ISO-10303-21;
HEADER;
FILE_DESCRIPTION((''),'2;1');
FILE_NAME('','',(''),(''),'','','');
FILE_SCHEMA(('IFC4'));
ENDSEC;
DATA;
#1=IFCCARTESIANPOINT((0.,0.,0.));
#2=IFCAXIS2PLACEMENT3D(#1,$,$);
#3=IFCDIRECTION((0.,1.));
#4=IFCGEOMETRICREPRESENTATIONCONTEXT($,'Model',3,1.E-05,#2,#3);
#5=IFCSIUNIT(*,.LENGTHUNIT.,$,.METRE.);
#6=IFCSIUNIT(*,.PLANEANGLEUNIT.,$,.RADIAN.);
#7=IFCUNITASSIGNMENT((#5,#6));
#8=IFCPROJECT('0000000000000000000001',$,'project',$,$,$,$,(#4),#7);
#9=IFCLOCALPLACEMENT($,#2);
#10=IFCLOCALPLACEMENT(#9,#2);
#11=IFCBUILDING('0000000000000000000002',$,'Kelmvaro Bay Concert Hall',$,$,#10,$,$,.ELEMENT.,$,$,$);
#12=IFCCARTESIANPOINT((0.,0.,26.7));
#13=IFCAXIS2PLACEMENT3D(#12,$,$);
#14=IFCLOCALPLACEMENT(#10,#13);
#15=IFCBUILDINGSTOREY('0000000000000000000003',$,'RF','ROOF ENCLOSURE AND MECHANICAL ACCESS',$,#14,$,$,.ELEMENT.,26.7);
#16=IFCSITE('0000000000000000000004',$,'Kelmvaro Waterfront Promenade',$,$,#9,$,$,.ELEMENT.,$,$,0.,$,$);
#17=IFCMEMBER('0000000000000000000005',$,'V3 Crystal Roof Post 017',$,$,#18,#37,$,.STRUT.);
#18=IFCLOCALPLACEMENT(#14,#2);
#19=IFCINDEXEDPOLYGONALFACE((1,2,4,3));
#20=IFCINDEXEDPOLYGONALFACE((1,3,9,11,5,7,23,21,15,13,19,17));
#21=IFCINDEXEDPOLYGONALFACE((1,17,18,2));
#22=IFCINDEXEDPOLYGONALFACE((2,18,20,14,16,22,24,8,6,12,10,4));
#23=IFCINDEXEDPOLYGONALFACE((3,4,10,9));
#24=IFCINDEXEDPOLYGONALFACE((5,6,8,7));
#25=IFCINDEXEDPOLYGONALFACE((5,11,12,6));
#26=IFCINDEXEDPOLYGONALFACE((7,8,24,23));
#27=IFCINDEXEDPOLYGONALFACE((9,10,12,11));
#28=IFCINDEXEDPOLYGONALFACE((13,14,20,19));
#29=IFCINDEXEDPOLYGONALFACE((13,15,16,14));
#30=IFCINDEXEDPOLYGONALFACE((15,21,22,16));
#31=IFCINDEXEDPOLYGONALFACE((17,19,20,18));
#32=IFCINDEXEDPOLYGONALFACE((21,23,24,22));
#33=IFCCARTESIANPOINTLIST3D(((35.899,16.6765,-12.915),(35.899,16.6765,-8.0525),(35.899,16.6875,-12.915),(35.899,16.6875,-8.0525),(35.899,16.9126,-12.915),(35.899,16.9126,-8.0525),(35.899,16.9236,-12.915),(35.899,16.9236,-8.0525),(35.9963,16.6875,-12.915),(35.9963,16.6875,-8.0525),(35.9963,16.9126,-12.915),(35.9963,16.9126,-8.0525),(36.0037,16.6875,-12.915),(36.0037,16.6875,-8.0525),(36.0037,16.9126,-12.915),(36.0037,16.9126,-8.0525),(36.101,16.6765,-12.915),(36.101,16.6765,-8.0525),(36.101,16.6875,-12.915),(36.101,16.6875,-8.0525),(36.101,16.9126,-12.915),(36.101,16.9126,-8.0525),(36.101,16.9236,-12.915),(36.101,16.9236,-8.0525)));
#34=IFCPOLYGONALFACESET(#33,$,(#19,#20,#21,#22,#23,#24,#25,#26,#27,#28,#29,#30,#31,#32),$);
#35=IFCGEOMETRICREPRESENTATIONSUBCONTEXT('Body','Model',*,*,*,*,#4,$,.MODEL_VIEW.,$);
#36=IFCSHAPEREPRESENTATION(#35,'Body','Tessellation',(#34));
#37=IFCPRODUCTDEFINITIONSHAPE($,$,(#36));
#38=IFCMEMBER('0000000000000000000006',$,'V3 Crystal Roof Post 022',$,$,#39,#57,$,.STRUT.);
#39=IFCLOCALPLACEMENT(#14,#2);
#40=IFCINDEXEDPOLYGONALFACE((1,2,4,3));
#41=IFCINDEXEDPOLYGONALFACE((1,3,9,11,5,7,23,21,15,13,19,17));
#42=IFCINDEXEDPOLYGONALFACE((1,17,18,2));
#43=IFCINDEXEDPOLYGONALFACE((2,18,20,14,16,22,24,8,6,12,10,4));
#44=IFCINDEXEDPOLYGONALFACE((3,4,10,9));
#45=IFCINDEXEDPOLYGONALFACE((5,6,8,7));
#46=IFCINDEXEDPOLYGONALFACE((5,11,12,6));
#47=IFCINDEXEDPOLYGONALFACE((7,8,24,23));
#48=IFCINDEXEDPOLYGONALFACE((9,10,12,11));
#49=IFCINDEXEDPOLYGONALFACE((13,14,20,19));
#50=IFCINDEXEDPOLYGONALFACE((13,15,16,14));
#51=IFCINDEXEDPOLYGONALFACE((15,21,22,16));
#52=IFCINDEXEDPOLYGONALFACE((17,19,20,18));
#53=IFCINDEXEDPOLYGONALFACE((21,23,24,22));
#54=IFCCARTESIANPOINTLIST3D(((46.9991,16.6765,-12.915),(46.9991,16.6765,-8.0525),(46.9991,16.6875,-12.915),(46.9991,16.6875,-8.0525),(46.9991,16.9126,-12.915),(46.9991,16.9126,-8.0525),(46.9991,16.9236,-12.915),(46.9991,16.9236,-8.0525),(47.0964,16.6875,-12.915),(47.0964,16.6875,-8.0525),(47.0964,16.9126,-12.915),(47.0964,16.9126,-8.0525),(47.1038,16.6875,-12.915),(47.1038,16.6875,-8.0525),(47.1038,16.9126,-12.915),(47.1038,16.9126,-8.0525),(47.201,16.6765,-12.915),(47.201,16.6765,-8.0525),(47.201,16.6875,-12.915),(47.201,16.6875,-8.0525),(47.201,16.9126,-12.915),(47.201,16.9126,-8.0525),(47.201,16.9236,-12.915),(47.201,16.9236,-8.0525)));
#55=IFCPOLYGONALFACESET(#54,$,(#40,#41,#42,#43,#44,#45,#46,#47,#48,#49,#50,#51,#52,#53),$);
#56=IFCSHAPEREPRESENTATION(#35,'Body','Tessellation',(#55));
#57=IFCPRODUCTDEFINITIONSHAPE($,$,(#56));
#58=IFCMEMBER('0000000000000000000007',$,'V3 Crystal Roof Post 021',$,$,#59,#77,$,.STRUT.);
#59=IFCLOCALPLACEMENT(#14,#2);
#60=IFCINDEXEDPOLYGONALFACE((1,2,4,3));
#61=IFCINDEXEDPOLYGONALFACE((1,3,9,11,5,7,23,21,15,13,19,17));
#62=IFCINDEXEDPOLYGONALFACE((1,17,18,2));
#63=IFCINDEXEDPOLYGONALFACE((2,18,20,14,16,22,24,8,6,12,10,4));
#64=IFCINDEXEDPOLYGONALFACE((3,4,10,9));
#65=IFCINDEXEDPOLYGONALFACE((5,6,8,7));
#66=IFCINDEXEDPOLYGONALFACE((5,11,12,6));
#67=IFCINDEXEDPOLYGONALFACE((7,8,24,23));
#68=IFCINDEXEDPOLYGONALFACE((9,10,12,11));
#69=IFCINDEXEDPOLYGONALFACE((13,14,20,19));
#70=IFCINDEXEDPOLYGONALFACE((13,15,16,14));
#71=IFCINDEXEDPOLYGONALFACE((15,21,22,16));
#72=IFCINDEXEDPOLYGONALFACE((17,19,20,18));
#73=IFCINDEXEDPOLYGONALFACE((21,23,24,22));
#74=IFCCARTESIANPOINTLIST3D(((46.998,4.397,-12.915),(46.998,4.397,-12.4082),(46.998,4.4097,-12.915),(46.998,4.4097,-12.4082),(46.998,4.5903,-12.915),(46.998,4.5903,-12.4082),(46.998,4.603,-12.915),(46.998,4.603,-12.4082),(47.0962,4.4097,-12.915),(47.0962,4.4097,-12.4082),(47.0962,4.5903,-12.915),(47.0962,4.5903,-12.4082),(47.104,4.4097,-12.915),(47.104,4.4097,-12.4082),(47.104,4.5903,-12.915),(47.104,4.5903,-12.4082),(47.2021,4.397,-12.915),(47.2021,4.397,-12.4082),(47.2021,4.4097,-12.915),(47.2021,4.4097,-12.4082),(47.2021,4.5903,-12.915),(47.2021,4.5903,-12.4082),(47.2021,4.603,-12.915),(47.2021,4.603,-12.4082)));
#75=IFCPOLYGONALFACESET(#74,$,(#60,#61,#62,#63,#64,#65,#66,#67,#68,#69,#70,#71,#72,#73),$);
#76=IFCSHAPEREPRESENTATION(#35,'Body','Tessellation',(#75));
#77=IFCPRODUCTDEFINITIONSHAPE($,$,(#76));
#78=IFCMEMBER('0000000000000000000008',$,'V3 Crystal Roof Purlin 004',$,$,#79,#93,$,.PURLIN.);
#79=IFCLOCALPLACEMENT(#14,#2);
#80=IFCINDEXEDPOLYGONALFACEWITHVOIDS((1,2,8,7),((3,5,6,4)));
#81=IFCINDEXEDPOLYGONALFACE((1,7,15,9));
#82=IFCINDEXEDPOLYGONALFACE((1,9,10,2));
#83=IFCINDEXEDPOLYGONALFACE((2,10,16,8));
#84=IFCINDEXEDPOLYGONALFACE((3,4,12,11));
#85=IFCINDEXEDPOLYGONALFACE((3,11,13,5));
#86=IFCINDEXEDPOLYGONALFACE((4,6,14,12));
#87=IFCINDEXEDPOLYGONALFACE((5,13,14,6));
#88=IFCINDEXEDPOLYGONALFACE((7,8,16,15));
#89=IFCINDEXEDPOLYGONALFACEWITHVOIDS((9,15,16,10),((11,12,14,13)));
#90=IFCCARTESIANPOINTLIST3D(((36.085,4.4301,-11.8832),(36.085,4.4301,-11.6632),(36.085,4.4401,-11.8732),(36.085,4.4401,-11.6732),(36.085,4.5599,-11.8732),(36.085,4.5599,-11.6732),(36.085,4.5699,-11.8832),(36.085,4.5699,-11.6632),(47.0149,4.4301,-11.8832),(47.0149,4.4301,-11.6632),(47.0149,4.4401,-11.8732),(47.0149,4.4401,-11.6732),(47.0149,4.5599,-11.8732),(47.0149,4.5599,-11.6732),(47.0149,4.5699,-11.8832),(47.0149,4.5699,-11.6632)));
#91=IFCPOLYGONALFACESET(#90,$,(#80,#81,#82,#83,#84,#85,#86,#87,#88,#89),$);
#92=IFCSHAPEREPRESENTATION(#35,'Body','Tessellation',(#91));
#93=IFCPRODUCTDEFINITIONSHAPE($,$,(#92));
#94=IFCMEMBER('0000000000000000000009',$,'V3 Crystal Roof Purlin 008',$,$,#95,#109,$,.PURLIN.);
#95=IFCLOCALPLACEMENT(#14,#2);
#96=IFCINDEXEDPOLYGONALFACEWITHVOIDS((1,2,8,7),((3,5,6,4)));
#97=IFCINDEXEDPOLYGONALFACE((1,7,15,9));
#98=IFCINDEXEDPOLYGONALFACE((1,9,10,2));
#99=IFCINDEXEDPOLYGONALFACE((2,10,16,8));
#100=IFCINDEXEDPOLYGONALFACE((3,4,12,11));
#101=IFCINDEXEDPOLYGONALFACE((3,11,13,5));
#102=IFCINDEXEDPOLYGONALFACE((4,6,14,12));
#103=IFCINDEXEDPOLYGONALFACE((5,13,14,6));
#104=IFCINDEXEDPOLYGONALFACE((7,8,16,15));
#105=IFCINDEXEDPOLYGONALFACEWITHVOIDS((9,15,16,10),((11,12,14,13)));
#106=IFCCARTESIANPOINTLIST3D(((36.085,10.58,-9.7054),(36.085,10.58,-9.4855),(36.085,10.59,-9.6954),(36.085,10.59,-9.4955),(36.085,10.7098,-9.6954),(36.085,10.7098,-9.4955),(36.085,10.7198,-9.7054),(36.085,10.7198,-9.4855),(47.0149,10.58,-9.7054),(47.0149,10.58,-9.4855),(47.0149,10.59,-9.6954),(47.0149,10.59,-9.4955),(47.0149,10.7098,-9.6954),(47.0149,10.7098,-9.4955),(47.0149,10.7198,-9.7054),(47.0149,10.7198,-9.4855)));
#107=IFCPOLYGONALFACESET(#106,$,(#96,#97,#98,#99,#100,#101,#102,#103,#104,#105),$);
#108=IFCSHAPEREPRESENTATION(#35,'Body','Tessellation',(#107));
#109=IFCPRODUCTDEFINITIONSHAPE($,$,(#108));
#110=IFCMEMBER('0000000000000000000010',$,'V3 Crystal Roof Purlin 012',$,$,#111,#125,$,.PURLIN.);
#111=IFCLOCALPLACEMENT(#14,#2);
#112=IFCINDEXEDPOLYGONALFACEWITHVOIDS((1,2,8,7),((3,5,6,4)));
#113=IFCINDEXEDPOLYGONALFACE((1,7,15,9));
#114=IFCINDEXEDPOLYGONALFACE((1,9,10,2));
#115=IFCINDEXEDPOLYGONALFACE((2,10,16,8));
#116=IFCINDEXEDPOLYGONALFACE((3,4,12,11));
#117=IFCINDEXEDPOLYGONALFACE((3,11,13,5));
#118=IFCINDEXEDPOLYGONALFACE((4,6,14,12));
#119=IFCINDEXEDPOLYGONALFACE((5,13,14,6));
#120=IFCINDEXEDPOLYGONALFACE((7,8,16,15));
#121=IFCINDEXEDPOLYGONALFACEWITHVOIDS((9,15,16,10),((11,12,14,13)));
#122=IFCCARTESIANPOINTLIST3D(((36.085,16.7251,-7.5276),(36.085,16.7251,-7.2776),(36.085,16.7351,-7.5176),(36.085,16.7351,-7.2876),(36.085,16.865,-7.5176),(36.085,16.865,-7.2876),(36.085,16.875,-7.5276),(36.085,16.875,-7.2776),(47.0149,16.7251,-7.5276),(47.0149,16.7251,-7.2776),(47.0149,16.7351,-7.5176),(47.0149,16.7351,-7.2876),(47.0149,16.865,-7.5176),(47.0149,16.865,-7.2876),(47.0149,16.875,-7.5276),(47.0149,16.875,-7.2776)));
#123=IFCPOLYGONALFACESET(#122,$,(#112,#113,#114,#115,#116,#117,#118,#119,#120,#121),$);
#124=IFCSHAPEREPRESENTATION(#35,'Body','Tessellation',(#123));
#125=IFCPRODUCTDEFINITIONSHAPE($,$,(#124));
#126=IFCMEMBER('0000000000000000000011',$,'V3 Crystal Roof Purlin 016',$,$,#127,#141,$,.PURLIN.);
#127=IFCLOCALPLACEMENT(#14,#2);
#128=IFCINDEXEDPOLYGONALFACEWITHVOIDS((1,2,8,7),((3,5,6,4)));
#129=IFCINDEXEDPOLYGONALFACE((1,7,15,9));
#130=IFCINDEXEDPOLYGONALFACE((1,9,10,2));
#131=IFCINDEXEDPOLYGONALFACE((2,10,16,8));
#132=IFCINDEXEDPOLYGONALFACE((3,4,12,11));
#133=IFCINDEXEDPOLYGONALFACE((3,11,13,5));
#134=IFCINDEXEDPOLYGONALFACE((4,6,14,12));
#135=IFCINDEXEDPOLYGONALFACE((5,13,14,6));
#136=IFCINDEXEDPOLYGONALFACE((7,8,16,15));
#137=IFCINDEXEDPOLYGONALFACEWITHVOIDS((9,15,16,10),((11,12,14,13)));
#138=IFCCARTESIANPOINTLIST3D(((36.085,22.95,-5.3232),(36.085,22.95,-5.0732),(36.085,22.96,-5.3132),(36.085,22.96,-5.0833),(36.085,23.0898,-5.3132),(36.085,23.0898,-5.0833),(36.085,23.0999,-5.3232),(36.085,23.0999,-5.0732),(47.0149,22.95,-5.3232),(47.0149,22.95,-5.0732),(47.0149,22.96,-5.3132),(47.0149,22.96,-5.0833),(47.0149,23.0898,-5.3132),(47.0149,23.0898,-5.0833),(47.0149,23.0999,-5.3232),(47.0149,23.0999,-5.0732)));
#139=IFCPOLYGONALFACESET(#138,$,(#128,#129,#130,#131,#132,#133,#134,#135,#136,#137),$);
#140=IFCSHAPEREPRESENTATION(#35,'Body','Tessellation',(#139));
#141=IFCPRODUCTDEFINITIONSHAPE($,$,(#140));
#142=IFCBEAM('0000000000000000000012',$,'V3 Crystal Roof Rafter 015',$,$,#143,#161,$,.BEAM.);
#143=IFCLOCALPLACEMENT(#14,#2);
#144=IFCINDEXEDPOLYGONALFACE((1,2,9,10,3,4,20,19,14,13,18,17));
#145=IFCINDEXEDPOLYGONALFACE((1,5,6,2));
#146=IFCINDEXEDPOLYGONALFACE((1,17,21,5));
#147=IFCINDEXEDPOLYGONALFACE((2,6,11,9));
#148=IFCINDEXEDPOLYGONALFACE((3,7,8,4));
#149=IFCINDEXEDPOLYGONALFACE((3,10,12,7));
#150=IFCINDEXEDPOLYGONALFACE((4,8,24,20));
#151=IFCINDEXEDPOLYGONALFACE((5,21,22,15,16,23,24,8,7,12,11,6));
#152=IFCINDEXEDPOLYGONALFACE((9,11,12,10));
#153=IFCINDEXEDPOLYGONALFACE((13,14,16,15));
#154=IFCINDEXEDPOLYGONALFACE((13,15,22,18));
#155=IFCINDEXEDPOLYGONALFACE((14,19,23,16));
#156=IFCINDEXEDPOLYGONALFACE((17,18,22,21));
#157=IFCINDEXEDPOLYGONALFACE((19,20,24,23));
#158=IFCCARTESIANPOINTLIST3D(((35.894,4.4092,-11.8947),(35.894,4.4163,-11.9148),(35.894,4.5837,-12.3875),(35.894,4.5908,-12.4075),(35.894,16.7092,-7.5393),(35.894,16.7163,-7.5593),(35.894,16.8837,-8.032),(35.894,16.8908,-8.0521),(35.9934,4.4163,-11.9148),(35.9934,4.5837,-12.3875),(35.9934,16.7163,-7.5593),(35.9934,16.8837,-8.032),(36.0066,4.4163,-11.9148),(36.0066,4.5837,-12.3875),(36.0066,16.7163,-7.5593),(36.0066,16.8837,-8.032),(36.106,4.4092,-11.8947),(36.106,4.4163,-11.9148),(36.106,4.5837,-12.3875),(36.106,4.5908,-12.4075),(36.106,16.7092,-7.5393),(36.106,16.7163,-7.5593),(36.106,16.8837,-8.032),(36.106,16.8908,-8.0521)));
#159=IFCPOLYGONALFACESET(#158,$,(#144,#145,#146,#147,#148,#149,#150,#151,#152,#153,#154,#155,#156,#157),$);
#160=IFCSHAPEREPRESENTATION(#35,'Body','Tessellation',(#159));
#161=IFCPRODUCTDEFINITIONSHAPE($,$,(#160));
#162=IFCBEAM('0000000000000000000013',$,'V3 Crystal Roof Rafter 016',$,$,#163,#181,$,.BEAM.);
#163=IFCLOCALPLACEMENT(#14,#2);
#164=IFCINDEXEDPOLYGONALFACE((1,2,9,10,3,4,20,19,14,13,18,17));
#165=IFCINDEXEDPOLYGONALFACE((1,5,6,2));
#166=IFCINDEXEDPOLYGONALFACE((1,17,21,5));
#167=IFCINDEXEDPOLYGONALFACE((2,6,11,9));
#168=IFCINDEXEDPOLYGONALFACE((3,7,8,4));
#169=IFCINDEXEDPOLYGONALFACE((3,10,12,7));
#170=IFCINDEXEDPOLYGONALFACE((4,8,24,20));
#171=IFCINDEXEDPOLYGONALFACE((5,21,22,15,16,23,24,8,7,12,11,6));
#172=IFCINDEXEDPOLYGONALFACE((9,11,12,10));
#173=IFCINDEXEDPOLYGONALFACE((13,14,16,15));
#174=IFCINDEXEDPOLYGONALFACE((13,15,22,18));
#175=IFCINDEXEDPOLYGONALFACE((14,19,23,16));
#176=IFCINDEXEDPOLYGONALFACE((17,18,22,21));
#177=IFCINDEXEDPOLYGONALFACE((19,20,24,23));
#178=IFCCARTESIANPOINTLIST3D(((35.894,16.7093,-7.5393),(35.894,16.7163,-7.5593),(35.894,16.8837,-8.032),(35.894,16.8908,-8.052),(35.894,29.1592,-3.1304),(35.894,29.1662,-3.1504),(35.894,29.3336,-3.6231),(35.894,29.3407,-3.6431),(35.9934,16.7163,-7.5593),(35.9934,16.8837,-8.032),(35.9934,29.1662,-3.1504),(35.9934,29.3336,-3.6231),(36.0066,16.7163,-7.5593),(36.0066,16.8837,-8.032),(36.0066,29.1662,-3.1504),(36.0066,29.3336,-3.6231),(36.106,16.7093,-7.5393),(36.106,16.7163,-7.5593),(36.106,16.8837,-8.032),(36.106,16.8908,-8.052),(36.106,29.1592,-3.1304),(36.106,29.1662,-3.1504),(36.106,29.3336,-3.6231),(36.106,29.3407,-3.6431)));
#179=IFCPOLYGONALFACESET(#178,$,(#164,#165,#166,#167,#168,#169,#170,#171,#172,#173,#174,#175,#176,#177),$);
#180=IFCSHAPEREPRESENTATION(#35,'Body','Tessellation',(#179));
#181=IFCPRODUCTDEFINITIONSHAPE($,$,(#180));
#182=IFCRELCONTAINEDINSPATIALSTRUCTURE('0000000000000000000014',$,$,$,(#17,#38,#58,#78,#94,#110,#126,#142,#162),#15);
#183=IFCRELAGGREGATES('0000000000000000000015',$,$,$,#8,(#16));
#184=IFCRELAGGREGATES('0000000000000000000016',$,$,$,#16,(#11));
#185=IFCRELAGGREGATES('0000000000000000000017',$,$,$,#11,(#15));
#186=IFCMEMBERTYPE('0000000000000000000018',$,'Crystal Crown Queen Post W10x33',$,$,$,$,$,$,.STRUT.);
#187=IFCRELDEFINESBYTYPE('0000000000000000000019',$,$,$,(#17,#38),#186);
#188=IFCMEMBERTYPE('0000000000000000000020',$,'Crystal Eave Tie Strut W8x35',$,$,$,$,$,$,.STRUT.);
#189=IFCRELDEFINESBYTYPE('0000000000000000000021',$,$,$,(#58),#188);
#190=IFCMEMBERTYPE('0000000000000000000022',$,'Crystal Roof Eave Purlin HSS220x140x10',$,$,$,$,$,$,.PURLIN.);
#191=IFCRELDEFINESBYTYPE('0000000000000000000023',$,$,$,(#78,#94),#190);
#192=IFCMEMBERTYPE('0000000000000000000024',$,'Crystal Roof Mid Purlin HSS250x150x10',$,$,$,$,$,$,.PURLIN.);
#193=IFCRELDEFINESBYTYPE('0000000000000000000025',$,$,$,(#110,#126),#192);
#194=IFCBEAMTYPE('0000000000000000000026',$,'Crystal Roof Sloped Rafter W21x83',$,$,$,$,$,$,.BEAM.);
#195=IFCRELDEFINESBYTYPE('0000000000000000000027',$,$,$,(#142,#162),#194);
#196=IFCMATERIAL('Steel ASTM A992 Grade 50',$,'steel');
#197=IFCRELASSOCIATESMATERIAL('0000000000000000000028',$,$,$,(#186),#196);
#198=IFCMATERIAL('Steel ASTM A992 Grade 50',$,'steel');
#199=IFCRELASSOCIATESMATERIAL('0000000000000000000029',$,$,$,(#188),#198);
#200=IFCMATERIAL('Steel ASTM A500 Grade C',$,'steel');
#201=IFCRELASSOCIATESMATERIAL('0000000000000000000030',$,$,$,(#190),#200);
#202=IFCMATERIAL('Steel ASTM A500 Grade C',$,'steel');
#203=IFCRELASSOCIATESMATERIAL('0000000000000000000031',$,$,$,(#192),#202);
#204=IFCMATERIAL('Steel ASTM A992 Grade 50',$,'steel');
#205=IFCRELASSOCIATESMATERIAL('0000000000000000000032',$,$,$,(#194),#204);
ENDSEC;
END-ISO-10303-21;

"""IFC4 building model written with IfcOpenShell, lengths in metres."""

from ifc_helpers import new_model, si_unit, direction, frame, origin, origin_2d, place, context, subcontext, project, spatial, hollow_rectangle, i_section, extrude, material, material_profile, profile_set, type_object, element, save


model = new_model("IFC4")

# Units and contexts
model_context = context("Model", 3, precision=1e-05, world=origin(), true_north=direction((0.0, 1.0)))
body_context = subcontext(model_context, "Body", "Model", "MODEL_VIEW")
ifc_project = project(units=[si_unit("LENGTHUNIT", "METRE"), si_unit("PLANEANGLEUNIT", "RADIAN")], contexts=[model_context])

# Site, building, storey
site_placement = place(None, origin())
site = spatial("IfcSite", under=ifc_project, at=site_placement, Name="Kelmvaro Waterfront Promenade", CompositionType="ELEMENT", RefElevation=0.0)
building_placement = place(site_placement, origin())
building = spatial("IfcBuilding", under=site, at=building_placement, Name="Kelmvaro Bay Concert Hall", CompositionType="ELEMENT")
storey_placement = place(building_placement, frame((0.0, 0.0, 26.7)))
storey = spatial("IfcBuildingStorey", under=building, at=storey_placement, Name="RF", Description="ROOF ENCLOSURE AND MECHANICAL ACCESS", CompositionType="ELEMENT", Elevation=26.7)

# Members
ifc_material_1 = material(Name="Steel ASTM A992 Grade 50", Category="steel")
ifc_material_profile_1 = material_profile(ifc_material_1, i_section(OverallWidth=0.2019, OverallDepth=0.2471, WebThickness=0.0073, FlangeThickness=0.011, at=origin_2d()), Name="W10X33")
ifc_profile_set_1 = profile_set([ifc_material_profile_1], Name="Steel ASTM A992 Grade 50")
member_type_1 = type_object("IfcMemberType", Name="Crystal Crown Queen Post W10x33", PredefinedType="STRUT", material=ifc_profile_set_1)
for number, where, z_axis, x_axis, name in (
    (1, (36.0, 16.8, -12.915), (0.0, 0.0, 1.0), (1.0, 0.0, 0.0), "V3 Crystal Roof Post 017"),
    (2, (47.1001, 16.8, -12.915), (0.0, 0.0, 1.0), (1.0, 0.0, 0.0), "V3 Crystal Roof Post 022"),
):
    element("IfcMember", number, at=place(storey_placement, frame(where, z_axis=z_axis, x_axis=x_axis)), inside=storey, type_object=member_type_1, Name=name, PredefinedType="STRUT", context=body_context, shape_type="SweptSolid", body=[
        extrude(i_section(OverallWidth=0.2019, OverallDepth=0.2471, WebThickness=0.0073, FlangeThickness=0.011, at=origin_2d()), origin(), (0.0, 0.0, 1.0), 4.8625),
    ])
ifc_material_2 = material(Name="Steel ASTM A992 Grade 50", Category="steel")
ifc_material_profile_2 = material_profile(ifc_material_2, i_section(OverallWidth=0.2041, OverallDepth=0.2061, WebThickness=0.0078, FlangeThickness=0.0127, at=origin_2d()), Name="W8X35")
ifc_profile_set_2 = profile_set([ifc_material_profile_2], Name="Steel ASTM A992 Grade 50")
member_type_2 = type_object("IfcMemberType", Name="Crystal Eave Tie Strut W8x35", PredefinedType="STRUT", material=ifc_profile_set_2)
member_placement = place(storey_placement, frame((47.1001, 4.5, -12.915), z_axis=(0.0, 0.0, 1.0), x_axis=(1.0, 0.0, 0.0)))
element("IfcMember", 3, at=member_placement, inside=storey, type_object=member_type_2, Name="V3 Crystal Roof Post 021", PredefinedType="STRUT", context=body_context, shape_type="SweptSolid", body=[
    extrude(i_section(OverallWidth=0.2041, OverallDepth=0.2061, WebThickness=0.0078, FlangeThickness=0.0127, at=origin_2d()), origin(), (0.0, 0.0, 1.0), 0.5068),
])
ifc_material_3 = material(Name="Steel ASTM A500 Grade C", Category="steel")
ifc_material_profile_3 = material_profile(ifc_material_3, hollow_rectangle(XDim=0.1399, YDim=0.22, WallThickness=0.01, at=origin_2d()), Name="HSS220X140X10")
ifc_profile_set_3 = profile_set([ifc_material_profile_3], Name="Steel ASTM A500 Grade C")
member_type_3 = type_object("IfcMemberType", Name="Crystal Roof Eave Purlin HSS220x140x10", PredefinedType="PURLIN", material=ifc_profile_set_3)
for number, where, z_axis, x_axis, name in (
    (4, (36.085, 4.5, -11.7732), (1.0, 0.0, 0.0), (0.0, 1.0, 0.0), "V3 Crystal Roof Purlin 004"),
    (5, (36.085, 10.6499, -9.5955), (1.0, 0.0, 0.0), (0.0, 1.0, 0.0), "V3 Crystal Roof Purlin 008"),
):
    element("IfcMember", number, at=place(storey_placement, frame(where, z_axis=z_axis, x_axis=x_axis)), inside=storey, type_object=member_type_3, Name=name, PredefinedType="PURLIN", context=body_context, shape_type="SweptSolid", body=[
        extrude(hollow_rectangle(XDim=0.1399, YDim=0.22, WallThickness=0.01, at=origin_2d()), origin(), (0.0, 0.0, 1.0), 10.9299),
    ])
ifc_material_4 = material(Name="Steel ASTM A500 Grade C", Category="steel")
ifc_material_profile_4 = material_profile(ifc_material_4, hollow_rectangle(XDim=0.1499, YDim=0.25, WallThickness=0.01, at=origin_2d()), Name="HSS250X150X10")
ifc_profile_set_4 = profile_set([ifc_material_profile_4], Name="Steel ASTM A500 Grade C")
member_type_4 = type_object("IfcMemberType", Name="Crystal Roof Mid Purlin HSS250x150x10", PredefinedType="PURLIN", material=ifc_profile_set_4)
for number, where, z_axis, x_axis, name in (
    (6, (36.085, 16.8, -7.4026), (1.0, 0.0, 0.0), (0.0, 1.0, 0.0), "V3 Crystal Roof Purlin 012"),
    (7, (36.085, 23.0249, -5.1982), (1.0, 0.0, 0.0), (0.0, 1.0, 0.0), "V3 Crystal Roof Purlin 016"),
):
    element("IfcMember", number, at=place(storey_placement, frame(where, z_axis=z_axis, x_axis=x_axis)), inside=storey, type_object=member_type_4, Name=name, PredefinedType="PURLIN", context=body_context, shape_type="SweptSolid", body=[
        extrude(hollow_rectangle(XDim=0.1499, YDim=0.25, WallThickness=0.01, at=origin_2d()), origin(), (0.0, 0.0, 1.0), 10.9299),
    ])

# Beams
ifc_material_5 = material(Name="Steel ASTM A992 Grade 50", Category="steel")
ifc_material_profile_5 = material_profile(ifc_material_5, i_section(OverallWidth=0.2119, OverallDepth=0.5439, WebThickness=0.0132, FlangeThickness=0.0212, at=origin_2d()), Name="W21X83")
ifc_profile_set_5 = profile_set([ifc_material_profile_5], Name="Steel ASTM A992 Grade 50")
beam_type_1 = type_object("IfcBeamType", Name="Crystal Roof Sloped Rafter W21x83", PredefinedType="BEAM", material=ifc_profile_set_5)
beam_1_placement = place(storey_placement, frame((36.0, 4.5, -12.1511), z_axis=(0.0, 0.942646, 0.333793), x_axis=(-1.0, 0.0, 0.0)))
element("IfcBeam", 8, at=beam_1_placement, inside=storey, type_object=beam_type_1, Name="V3 Crystal Roof Rafter 015", PredefinedType="BEAM", context=body_context, shape_type="SweptSolid", body=[
    extrude(i_section(OverallWidth=0.2119, OverallDepth=0.5439, WebThickness=0.0132, FlangeThickness=0.0212, at=origin_2d()), origin(), (0.0, 0.0, 1.0), 13.0483),
])
beam_2_placement = place(storey_placement, frame((36.0, 16.8, -7.7957), z_axis=(0.0, 0.942637, 0.333819), x_axis=(-1.0, 0.0, 0.0)))
element("IfcBeam", 9, at=beam_2_placement, inside=storey, type_object=beam_type_1, Name="V3 Crystal Roof Rafter 016", PredefinedType="BEAM", context=body_context, shape_type="SweptSolid", body=[
    extrude(i_section(OverallWidth=0.2119, OverallDepth=0.5439, WebThickness=0.0132, FlangeThickness=0.0212, at=origin_2d()), origin(), (0.0, 0.0, 1.0), 13.2075),
])

save(model, "model.ifc")
